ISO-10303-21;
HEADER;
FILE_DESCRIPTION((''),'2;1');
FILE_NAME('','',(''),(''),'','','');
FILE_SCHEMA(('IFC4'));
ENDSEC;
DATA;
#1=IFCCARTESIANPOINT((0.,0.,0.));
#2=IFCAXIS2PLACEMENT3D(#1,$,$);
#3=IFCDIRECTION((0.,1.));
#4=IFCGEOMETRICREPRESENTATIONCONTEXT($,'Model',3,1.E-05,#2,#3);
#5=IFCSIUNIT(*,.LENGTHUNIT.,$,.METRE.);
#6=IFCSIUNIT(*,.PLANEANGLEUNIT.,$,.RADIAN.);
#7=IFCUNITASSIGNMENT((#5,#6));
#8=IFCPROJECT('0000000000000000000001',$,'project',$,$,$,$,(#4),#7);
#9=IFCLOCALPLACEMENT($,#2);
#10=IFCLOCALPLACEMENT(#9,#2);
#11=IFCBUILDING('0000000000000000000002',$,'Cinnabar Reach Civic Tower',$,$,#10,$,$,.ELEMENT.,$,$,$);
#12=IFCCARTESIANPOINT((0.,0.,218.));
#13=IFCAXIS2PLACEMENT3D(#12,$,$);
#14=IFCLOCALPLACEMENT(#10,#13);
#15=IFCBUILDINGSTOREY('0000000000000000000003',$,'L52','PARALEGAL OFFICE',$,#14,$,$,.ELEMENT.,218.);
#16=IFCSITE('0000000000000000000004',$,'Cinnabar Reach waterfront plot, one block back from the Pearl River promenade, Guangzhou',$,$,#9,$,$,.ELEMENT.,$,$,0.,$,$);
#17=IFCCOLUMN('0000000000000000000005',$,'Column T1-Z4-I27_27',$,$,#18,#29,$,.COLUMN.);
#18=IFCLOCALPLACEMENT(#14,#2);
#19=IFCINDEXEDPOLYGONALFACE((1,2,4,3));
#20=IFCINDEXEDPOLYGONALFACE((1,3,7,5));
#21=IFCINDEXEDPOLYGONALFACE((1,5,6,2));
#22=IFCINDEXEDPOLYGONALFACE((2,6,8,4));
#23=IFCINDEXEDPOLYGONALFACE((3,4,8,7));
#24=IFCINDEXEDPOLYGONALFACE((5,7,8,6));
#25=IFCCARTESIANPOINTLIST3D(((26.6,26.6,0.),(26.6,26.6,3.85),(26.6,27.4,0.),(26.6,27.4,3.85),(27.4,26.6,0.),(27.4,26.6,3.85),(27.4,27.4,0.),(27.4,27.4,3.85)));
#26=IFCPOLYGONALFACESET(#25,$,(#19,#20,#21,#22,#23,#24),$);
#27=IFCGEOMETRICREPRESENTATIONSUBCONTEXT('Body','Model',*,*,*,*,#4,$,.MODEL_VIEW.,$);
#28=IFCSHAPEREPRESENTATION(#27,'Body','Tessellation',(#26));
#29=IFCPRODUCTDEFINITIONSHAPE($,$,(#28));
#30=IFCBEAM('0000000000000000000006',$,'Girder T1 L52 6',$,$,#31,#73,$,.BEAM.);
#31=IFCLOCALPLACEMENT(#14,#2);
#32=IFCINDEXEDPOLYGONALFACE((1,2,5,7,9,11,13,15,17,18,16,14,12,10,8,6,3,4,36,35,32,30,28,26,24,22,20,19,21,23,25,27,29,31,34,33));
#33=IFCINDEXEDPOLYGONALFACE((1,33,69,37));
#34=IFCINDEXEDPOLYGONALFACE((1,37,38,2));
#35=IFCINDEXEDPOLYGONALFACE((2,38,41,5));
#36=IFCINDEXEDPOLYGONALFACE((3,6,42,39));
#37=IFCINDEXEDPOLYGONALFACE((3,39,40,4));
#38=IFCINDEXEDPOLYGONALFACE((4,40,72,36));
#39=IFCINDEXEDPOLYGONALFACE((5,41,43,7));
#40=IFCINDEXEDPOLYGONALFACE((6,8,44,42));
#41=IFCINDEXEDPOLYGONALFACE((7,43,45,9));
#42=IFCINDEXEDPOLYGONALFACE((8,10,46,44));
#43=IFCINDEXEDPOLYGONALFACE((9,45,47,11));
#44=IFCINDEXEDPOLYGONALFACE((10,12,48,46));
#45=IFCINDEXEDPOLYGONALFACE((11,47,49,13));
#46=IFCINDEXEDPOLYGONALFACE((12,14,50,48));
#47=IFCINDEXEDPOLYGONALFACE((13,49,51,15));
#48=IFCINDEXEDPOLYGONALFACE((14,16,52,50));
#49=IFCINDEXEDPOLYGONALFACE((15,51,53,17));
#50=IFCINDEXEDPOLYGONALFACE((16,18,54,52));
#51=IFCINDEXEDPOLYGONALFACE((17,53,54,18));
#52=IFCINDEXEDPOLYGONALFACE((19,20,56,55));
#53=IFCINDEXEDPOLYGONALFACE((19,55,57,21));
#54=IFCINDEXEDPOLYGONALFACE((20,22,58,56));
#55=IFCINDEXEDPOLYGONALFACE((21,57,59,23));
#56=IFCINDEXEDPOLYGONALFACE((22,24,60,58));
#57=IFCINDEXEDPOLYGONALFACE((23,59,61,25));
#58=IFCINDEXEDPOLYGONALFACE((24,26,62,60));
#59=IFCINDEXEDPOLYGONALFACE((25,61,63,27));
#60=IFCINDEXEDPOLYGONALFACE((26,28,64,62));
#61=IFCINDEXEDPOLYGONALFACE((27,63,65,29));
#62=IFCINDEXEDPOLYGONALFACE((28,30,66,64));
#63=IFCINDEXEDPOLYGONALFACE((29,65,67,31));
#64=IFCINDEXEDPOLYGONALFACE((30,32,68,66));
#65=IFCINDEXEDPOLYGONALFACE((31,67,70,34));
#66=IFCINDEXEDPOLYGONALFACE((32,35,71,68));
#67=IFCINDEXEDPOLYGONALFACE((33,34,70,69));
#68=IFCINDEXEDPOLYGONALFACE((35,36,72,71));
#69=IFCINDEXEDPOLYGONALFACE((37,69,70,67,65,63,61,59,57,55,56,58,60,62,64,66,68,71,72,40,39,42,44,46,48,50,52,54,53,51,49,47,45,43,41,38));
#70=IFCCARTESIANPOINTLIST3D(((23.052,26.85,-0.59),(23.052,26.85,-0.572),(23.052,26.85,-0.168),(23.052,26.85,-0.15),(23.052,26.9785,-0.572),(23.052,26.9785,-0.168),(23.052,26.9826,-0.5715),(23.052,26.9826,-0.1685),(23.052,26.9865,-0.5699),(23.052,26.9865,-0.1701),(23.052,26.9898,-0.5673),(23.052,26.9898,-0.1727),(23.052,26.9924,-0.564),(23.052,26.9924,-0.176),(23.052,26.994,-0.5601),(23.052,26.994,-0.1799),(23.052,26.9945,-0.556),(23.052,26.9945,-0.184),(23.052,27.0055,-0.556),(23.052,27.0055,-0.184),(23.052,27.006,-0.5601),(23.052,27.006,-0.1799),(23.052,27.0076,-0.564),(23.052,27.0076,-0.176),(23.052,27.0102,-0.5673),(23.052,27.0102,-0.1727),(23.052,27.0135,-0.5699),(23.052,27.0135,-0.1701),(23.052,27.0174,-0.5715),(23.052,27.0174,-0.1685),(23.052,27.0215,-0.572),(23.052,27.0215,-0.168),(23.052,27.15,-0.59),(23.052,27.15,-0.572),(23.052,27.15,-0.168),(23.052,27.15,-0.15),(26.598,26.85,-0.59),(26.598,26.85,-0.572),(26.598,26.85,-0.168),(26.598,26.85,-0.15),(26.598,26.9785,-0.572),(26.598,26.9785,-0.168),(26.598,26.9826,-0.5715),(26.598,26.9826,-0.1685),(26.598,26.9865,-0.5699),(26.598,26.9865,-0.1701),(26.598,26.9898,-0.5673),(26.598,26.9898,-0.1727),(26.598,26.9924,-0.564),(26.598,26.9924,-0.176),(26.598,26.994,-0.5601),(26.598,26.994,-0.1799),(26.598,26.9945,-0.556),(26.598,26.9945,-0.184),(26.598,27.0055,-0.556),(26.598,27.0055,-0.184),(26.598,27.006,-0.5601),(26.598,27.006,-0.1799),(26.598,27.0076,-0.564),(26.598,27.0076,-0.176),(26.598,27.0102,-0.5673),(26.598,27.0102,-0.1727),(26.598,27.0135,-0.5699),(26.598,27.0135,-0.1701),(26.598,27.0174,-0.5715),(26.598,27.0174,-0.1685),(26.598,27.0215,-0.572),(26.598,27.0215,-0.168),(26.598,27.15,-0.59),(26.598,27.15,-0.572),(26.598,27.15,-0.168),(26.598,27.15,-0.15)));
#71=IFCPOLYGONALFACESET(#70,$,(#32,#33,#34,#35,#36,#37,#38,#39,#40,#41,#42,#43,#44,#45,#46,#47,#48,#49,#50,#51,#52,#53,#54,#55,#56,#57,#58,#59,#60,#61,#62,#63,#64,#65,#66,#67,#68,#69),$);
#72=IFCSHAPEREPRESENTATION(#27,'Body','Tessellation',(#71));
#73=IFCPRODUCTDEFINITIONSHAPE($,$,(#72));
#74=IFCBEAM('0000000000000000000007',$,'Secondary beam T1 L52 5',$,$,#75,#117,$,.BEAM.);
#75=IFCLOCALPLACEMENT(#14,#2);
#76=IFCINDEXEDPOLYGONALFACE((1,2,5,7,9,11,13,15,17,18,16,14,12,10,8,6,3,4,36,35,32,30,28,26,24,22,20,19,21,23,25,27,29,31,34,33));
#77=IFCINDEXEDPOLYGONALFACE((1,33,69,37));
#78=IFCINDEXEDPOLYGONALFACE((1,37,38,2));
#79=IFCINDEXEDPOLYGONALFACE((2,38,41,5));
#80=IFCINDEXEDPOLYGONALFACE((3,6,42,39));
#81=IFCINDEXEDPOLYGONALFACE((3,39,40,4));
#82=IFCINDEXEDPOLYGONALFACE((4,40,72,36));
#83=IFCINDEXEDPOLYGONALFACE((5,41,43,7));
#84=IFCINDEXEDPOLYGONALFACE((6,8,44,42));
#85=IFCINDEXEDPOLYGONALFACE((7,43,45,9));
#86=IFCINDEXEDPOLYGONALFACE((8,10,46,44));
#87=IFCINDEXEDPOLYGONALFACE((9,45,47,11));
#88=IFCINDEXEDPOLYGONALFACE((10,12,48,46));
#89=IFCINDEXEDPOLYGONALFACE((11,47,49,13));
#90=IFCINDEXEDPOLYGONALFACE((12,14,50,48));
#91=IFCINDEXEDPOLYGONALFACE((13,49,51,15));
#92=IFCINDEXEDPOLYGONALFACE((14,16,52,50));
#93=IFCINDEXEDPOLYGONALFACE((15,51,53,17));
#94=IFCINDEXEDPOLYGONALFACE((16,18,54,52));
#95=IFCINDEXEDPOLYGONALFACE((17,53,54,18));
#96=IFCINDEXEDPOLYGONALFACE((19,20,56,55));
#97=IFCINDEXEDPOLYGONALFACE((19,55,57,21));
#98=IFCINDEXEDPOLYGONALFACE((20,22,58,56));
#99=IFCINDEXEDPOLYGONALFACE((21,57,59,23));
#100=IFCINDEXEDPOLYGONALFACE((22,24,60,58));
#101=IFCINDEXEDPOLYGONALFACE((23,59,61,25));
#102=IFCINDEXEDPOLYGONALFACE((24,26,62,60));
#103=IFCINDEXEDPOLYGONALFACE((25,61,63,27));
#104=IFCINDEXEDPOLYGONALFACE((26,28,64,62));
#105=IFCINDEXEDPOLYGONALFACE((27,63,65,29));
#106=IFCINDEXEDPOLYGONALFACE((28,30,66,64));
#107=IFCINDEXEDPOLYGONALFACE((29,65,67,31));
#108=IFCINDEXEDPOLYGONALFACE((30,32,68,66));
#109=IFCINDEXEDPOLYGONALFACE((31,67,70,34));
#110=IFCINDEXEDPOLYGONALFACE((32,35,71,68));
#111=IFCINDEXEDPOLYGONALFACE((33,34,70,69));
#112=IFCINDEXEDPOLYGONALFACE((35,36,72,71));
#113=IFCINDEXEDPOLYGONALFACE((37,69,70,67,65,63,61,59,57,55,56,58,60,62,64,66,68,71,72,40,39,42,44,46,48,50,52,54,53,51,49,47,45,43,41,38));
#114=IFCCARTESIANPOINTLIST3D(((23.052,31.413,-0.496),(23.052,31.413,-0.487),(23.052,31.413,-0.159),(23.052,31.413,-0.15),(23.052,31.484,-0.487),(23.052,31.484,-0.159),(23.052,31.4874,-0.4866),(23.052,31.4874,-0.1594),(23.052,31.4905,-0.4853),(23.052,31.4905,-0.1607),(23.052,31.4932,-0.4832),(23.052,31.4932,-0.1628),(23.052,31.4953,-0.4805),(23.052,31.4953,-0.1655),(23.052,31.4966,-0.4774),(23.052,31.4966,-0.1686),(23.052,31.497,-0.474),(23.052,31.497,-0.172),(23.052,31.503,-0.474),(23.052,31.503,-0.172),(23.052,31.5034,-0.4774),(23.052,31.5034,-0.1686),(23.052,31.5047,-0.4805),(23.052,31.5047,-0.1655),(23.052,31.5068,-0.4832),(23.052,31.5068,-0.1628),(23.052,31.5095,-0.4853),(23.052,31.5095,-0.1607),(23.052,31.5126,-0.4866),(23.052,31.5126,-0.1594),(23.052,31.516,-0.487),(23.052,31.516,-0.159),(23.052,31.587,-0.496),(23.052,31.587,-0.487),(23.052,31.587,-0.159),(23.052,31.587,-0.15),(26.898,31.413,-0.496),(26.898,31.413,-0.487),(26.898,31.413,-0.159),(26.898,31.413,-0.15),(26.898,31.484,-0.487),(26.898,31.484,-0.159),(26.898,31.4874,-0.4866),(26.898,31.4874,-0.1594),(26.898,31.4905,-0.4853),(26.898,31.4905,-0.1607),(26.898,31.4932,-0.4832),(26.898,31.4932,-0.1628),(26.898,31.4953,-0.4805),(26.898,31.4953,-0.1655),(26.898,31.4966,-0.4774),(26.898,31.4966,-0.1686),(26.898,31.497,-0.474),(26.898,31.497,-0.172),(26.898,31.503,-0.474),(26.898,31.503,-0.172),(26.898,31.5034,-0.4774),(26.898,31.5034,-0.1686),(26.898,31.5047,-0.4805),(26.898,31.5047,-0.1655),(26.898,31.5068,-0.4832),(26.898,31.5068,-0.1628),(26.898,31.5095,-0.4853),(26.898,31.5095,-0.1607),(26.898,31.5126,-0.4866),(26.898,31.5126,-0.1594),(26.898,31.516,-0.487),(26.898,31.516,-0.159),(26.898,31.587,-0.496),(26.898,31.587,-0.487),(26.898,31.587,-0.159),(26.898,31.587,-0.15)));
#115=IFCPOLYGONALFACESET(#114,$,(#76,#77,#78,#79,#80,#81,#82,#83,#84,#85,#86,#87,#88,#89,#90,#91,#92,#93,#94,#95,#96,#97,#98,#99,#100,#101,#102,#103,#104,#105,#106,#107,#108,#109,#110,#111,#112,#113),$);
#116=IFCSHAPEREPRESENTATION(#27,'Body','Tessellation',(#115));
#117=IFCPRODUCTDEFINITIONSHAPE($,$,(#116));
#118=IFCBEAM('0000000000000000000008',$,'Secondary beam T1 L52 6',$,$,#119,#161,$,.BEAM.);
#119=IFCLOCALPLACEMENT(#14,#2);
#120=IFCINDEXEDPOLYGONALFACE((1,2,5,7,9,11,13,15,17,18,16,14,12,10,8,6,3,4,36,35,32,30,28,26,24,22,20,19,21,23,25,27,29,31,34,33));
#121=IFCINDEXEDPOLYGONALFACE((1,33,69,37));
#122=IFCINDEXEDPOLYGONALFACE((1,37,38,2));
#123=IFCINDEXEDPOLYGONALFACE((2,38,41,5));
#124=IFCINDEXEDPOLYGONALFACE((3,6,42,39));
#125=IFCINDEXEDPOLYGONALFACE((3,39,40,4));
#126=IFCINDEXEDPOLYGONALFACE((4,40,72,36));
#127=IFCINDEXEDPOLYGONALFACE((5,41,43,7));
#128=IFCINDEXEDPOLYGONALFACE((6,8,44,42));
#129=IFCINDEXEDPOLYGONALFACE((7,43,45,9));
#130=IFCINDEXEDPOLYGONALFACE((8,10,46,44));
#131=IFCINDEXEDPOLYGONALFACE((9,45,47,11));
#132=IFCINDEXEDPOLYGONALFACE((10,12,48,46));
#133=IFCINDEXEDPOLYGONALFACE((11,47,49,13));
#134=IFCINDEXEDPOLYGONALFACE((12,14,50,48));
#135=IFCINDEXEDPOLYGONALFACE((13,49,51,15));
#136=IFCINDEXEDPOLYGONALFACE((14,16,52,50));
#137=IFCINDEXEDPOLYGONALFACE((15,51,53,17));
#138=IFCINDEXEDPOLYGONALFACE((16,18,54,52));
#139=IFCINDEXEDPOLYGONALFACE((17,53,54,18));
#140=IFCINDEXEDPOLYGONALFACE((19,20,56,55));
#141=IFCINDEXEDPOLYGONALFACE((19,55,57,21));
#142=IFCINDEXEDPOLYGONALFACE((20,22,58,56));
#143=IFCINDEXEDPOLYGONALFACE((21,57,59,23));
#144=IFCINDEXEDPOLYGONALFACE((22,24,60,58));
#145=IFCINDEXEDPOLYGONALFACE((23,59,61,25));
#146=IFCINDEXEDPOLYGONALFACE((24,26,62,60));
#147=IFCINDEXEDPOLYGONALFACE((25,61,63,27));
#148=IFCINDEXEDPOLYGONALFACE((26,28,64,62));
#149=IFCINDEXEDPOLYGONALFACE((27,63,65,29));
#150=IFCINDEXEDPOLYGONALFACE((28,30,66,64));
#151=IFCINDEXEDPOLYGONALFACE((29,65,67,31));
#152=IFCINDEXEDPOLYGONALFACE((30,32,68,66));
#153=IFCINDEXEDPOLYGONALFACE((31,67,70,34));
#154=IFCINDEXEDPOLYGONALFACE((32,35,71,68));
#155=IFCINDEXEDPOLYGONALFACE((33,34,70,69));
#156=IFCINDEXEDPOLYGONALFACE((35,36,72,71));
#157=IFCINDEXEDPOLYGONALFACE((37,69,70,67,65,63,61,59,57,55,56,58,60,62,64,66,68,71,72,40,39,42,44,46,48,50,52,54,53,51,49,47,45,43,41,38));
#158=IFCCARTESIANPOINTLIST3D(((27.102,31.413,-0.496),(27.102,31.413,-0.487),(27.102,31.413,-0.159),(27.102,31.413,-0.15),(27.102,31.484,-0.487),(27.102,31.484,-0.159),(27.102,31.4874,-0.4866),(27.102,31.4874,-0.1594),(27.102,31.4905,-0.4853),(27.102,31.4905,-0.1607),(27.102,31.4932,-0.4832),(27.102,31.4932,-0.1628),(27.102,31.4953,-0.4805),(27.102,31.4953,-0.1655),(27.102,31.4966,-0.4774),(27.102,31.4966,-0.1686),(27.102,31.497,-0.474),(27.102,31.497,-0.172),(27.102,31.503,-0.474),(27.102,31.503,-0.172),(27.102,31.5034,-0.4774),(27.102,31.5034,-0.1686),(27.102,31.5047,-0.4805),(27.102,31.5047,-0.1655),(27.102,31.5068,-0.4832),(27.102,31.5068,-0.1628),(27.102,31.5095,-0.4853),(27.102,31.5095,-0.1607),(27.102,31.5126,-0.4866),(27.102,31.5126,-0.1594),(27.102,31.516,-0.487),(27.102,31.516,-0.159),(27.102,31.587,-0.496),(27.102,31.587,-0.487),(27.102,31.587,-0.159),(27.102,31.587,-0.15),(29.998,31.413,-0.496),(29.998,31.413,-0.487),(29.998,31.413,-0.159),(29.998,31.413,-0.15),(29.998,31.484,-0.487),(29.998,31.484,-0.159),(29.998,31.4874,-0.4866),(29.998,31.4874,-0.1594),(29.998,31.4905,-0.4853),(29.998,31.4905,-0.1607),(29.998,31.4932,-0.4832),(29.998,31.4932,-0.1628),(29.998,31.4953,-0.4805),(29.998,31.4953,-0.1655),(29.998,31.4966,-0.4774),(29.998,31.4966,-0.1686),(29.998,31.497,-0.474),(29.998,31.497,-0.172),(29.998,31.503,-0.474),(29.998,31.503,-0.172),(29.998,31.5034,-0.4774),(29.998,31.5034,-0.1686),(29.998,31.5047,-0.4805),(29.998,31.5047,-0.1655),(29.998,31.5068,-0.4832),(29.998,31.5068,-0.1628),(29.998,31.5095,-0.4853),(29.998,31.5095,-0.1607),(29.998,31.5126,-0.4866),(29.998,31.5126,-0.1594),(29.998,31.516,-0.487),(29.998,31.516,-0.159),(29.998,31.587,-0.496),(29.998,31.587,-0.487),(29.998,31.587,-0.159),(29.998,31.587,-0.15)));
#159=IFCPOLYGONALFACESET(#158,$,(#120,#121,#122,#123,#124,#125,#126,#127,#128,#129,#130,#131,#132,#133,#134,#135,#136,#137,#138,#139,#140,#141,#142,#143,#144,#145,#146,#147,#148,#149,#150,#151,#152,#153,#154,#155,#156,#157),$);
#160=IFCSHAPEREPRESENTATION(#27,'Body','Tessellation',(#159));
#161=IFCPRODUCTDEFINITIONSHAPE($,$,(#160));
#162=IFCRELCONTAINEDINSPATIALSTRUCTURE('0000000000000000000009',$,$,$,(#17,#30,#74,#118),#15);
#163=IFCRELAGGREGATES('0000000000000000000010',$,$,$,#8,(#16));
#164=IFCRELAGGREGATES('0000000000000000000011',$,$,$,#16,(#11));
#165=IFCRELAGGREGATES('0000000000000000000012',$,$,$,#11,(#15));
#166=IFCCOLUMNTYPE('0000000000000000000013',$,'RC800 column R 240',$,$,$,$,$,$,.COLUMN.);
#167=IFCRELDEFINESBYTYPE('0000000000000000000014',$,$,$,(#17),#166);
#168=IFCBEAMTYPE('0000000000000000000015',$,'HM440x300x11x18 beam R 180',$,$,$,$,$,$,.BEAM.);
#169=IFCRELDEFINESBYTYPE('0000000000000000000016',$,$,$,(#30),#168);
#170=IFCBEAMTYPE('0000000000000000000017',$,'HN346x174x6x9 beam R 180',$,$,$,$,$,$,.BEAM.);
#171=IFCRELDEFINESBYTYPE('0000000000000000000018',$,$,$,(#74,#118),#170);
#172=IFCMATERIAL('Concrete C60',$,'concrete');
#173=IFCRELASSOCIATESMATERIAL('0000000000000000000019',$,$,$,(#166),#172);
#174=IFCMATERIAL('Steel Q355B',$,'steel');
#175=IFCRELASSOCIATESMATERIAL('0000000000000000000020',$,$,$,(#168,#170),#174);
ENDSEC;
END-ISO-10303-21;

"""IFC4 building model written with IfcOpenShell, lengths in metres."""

from ifc_helpers import new_model, si_unit, direction, frame, origin, origin_2d, place, context, subcontext, project, spatial, rectangle, i_section, extrude, material, material_profile, profile_set, type_object, element, save


model = new_model("IFC4")

# Units and contexts
model_context = context("Model", 3, precision=1e-05, world=origin(), true_north=direction((0.0, 1.0)))
body_context = subcontext(model_context, "Body", "Model", "MODEL_VIEW")
ifc_project = project(units=[si_unit("LENGTHUNIT", "METRE"), si_unit("PLANEANGLEUNIT", "RADIAN")], contexts=[model_context])

# Site, building, storey
site_placement = place(None, origin())
site = spatial("IfcSite", under=ifc_project, at=site_placement, Name="Cinnabar Reach waterfront plot, one block back from the Pearl River promenade, Guangzhou", CompositionType="ELEMENT", RefElevation=0.0)
building_placement = place(site_placement, origin())
building = spatial("IfcBuilding", under=site, at=building_placement, Name="Cinnabar Reach Civic Tower", CompositionType="ELEMENT")
storey_placement = place(building_placement, frame((0.0, 0.0, 218.0)))
storey = spatial("IfcBuildingStorey", under=building, at=storey_placement, Name="L52", Description="PARALEGAL OFFICE", CompositionType="ELEMENT", Elevation=218.0)

# Column
ifc_material_1 = material(Name="Concrete C60", Category="concrete")
ifc_material_profile_1 = material_profile(ifc_material_1, rectangle(XDim=0.8, YDim=0.8, at=origin_2d()), Name="RC800")
ifc_profile_set_1 = profile_set([ifc_material_profile_1], Name="Concrete C60")
column_type = type_object("IfcColumnType", Name="RC800 column R 240", PredefinedType="COLUMN", material=ifc_profile_set_1)
column_placement = place(storey_placement, frame((27.0, 27.0, 0.0), z_axis=(0.0, 0.0, 1.0), x_axis=(1.0, 0.0, 0.0)))
element("IfcColumn", 1, at=column_placement, inside=storey, type_object=column_type, Name="Column T1-Z4-I27_27", PredefinedType="COLUMN", context=body_context, shape_type="SweptSolid", body=[
    extrude(rectangle(XDim=0.8, YDim=0.8, at=origin_2d()), origin(), (0.0, 0.0, 1.0), 3.85),
])

# Beams
ifc_material_2 = material(Name="Steel Q355B", Category="steel")
ifc_material_profile_2 = material_profile(ifc_material_2, i_section(OverallWidth=0.3, OverallDepth=0.44, WebThickness=0.011, FlangeThickness=0.018, FilletRadius=0.016, at=origin_2d()), Name="HM440x300x11x18")
ifc_profile_set_2 = profile_set([ifc_material_profile_2], Name="Steel Q355B")
beam_type_1 = type_object("IfcBeamType", Name="HM440x300x11x18 beam R 180", PredefinedType="BEAM", material=ifc_profile_set_2)
beam_1_placement = place(storey_placement, frame((23.052, 27.0, -0.37), z_axis=(1.0, 0.0, 0.0), x_axis=(0.0, 1.0, 0.0)))
element("IfcBeam", 2, at=beam_1_placement, inside=storey, type_object=beam_type_1, Name="Girder T1 L52 6", PredefinedType="BEAM", context=body_context, shape_type="SweptSolid", body=[
    extrude(i_section(OverallWidth=0.3, OverallDepth=0.44, WebThickness=0.011, FlangeThickness=0.018, FilletRadius=0.016, at=origin_2d()), origin(), (0.0, 0.0, 1.0), 3.546),
])
ifc_material_profile_3 = material_profile(ifc_material_2, i_section(OverallWidth=0.174, OverallDepth=0.346, WebThickness=0.006, FlangeThickness=0.009, FilletRadius=0.013, at=origin_2d()), Name="HN346x174x6x9")
ifc_profile_set_3 = profile_set([ifc_material_profile_3], Name="Steel Q355B")
beam_type_2 = type_object("IfcBeamType", Name="HN346x174x6x9 beam R 180", PredefinedType="BEAM", material=ifc_profile_set_3)
beam_2_placement = place(storey_placement, frame((23.052, 31.5, -0.323), z_axis=(1.0, 0.0, 0.0), x_axis=(0.0, 1.0, 0.0)))
element("IfcBeam", 3, at=beam_2_placement, inside=storey, type_object=beam_type_2, Name="Secondary beam T1 L52 5", PredefinedType="BEAM", context=body_context, shape_type="SweptSolid", body=[
    extrude(i_section(OverallWidth=0.174, OverallDepth=0.346, WebThickness=0.006, FlangeThickness=0.009, FilletRadius=0.013, at=origin_2d()), origin(), (0.0, 0.0, 1.0), 3.846),
])
beam_3_placement = place(storey_placement, frame((27.102, 31.5, -0.323), z_axis=(1.0, 0.0, 0.0), x_axis=(0.0, 1.0, 0.0)))
element("IfcBeam", 4, at=beam_3_placement, inside=storey, type_object=beam_type_2, Name="Secondary beam T1 L52 6", PredefinedType="BEAM", context=body_context, shape_type="SweptSolid", body=[
    extrude(i_section(OverallWidth=0.174, OverallDepth=0.346, WebThickness=0.006, FlangeThickness=0.009, FilletRadius=0.013, at=origin_2d()), origin(), (0.0, 0.0, 1.0), 2.896),
])

save(model, "model.ifc")
